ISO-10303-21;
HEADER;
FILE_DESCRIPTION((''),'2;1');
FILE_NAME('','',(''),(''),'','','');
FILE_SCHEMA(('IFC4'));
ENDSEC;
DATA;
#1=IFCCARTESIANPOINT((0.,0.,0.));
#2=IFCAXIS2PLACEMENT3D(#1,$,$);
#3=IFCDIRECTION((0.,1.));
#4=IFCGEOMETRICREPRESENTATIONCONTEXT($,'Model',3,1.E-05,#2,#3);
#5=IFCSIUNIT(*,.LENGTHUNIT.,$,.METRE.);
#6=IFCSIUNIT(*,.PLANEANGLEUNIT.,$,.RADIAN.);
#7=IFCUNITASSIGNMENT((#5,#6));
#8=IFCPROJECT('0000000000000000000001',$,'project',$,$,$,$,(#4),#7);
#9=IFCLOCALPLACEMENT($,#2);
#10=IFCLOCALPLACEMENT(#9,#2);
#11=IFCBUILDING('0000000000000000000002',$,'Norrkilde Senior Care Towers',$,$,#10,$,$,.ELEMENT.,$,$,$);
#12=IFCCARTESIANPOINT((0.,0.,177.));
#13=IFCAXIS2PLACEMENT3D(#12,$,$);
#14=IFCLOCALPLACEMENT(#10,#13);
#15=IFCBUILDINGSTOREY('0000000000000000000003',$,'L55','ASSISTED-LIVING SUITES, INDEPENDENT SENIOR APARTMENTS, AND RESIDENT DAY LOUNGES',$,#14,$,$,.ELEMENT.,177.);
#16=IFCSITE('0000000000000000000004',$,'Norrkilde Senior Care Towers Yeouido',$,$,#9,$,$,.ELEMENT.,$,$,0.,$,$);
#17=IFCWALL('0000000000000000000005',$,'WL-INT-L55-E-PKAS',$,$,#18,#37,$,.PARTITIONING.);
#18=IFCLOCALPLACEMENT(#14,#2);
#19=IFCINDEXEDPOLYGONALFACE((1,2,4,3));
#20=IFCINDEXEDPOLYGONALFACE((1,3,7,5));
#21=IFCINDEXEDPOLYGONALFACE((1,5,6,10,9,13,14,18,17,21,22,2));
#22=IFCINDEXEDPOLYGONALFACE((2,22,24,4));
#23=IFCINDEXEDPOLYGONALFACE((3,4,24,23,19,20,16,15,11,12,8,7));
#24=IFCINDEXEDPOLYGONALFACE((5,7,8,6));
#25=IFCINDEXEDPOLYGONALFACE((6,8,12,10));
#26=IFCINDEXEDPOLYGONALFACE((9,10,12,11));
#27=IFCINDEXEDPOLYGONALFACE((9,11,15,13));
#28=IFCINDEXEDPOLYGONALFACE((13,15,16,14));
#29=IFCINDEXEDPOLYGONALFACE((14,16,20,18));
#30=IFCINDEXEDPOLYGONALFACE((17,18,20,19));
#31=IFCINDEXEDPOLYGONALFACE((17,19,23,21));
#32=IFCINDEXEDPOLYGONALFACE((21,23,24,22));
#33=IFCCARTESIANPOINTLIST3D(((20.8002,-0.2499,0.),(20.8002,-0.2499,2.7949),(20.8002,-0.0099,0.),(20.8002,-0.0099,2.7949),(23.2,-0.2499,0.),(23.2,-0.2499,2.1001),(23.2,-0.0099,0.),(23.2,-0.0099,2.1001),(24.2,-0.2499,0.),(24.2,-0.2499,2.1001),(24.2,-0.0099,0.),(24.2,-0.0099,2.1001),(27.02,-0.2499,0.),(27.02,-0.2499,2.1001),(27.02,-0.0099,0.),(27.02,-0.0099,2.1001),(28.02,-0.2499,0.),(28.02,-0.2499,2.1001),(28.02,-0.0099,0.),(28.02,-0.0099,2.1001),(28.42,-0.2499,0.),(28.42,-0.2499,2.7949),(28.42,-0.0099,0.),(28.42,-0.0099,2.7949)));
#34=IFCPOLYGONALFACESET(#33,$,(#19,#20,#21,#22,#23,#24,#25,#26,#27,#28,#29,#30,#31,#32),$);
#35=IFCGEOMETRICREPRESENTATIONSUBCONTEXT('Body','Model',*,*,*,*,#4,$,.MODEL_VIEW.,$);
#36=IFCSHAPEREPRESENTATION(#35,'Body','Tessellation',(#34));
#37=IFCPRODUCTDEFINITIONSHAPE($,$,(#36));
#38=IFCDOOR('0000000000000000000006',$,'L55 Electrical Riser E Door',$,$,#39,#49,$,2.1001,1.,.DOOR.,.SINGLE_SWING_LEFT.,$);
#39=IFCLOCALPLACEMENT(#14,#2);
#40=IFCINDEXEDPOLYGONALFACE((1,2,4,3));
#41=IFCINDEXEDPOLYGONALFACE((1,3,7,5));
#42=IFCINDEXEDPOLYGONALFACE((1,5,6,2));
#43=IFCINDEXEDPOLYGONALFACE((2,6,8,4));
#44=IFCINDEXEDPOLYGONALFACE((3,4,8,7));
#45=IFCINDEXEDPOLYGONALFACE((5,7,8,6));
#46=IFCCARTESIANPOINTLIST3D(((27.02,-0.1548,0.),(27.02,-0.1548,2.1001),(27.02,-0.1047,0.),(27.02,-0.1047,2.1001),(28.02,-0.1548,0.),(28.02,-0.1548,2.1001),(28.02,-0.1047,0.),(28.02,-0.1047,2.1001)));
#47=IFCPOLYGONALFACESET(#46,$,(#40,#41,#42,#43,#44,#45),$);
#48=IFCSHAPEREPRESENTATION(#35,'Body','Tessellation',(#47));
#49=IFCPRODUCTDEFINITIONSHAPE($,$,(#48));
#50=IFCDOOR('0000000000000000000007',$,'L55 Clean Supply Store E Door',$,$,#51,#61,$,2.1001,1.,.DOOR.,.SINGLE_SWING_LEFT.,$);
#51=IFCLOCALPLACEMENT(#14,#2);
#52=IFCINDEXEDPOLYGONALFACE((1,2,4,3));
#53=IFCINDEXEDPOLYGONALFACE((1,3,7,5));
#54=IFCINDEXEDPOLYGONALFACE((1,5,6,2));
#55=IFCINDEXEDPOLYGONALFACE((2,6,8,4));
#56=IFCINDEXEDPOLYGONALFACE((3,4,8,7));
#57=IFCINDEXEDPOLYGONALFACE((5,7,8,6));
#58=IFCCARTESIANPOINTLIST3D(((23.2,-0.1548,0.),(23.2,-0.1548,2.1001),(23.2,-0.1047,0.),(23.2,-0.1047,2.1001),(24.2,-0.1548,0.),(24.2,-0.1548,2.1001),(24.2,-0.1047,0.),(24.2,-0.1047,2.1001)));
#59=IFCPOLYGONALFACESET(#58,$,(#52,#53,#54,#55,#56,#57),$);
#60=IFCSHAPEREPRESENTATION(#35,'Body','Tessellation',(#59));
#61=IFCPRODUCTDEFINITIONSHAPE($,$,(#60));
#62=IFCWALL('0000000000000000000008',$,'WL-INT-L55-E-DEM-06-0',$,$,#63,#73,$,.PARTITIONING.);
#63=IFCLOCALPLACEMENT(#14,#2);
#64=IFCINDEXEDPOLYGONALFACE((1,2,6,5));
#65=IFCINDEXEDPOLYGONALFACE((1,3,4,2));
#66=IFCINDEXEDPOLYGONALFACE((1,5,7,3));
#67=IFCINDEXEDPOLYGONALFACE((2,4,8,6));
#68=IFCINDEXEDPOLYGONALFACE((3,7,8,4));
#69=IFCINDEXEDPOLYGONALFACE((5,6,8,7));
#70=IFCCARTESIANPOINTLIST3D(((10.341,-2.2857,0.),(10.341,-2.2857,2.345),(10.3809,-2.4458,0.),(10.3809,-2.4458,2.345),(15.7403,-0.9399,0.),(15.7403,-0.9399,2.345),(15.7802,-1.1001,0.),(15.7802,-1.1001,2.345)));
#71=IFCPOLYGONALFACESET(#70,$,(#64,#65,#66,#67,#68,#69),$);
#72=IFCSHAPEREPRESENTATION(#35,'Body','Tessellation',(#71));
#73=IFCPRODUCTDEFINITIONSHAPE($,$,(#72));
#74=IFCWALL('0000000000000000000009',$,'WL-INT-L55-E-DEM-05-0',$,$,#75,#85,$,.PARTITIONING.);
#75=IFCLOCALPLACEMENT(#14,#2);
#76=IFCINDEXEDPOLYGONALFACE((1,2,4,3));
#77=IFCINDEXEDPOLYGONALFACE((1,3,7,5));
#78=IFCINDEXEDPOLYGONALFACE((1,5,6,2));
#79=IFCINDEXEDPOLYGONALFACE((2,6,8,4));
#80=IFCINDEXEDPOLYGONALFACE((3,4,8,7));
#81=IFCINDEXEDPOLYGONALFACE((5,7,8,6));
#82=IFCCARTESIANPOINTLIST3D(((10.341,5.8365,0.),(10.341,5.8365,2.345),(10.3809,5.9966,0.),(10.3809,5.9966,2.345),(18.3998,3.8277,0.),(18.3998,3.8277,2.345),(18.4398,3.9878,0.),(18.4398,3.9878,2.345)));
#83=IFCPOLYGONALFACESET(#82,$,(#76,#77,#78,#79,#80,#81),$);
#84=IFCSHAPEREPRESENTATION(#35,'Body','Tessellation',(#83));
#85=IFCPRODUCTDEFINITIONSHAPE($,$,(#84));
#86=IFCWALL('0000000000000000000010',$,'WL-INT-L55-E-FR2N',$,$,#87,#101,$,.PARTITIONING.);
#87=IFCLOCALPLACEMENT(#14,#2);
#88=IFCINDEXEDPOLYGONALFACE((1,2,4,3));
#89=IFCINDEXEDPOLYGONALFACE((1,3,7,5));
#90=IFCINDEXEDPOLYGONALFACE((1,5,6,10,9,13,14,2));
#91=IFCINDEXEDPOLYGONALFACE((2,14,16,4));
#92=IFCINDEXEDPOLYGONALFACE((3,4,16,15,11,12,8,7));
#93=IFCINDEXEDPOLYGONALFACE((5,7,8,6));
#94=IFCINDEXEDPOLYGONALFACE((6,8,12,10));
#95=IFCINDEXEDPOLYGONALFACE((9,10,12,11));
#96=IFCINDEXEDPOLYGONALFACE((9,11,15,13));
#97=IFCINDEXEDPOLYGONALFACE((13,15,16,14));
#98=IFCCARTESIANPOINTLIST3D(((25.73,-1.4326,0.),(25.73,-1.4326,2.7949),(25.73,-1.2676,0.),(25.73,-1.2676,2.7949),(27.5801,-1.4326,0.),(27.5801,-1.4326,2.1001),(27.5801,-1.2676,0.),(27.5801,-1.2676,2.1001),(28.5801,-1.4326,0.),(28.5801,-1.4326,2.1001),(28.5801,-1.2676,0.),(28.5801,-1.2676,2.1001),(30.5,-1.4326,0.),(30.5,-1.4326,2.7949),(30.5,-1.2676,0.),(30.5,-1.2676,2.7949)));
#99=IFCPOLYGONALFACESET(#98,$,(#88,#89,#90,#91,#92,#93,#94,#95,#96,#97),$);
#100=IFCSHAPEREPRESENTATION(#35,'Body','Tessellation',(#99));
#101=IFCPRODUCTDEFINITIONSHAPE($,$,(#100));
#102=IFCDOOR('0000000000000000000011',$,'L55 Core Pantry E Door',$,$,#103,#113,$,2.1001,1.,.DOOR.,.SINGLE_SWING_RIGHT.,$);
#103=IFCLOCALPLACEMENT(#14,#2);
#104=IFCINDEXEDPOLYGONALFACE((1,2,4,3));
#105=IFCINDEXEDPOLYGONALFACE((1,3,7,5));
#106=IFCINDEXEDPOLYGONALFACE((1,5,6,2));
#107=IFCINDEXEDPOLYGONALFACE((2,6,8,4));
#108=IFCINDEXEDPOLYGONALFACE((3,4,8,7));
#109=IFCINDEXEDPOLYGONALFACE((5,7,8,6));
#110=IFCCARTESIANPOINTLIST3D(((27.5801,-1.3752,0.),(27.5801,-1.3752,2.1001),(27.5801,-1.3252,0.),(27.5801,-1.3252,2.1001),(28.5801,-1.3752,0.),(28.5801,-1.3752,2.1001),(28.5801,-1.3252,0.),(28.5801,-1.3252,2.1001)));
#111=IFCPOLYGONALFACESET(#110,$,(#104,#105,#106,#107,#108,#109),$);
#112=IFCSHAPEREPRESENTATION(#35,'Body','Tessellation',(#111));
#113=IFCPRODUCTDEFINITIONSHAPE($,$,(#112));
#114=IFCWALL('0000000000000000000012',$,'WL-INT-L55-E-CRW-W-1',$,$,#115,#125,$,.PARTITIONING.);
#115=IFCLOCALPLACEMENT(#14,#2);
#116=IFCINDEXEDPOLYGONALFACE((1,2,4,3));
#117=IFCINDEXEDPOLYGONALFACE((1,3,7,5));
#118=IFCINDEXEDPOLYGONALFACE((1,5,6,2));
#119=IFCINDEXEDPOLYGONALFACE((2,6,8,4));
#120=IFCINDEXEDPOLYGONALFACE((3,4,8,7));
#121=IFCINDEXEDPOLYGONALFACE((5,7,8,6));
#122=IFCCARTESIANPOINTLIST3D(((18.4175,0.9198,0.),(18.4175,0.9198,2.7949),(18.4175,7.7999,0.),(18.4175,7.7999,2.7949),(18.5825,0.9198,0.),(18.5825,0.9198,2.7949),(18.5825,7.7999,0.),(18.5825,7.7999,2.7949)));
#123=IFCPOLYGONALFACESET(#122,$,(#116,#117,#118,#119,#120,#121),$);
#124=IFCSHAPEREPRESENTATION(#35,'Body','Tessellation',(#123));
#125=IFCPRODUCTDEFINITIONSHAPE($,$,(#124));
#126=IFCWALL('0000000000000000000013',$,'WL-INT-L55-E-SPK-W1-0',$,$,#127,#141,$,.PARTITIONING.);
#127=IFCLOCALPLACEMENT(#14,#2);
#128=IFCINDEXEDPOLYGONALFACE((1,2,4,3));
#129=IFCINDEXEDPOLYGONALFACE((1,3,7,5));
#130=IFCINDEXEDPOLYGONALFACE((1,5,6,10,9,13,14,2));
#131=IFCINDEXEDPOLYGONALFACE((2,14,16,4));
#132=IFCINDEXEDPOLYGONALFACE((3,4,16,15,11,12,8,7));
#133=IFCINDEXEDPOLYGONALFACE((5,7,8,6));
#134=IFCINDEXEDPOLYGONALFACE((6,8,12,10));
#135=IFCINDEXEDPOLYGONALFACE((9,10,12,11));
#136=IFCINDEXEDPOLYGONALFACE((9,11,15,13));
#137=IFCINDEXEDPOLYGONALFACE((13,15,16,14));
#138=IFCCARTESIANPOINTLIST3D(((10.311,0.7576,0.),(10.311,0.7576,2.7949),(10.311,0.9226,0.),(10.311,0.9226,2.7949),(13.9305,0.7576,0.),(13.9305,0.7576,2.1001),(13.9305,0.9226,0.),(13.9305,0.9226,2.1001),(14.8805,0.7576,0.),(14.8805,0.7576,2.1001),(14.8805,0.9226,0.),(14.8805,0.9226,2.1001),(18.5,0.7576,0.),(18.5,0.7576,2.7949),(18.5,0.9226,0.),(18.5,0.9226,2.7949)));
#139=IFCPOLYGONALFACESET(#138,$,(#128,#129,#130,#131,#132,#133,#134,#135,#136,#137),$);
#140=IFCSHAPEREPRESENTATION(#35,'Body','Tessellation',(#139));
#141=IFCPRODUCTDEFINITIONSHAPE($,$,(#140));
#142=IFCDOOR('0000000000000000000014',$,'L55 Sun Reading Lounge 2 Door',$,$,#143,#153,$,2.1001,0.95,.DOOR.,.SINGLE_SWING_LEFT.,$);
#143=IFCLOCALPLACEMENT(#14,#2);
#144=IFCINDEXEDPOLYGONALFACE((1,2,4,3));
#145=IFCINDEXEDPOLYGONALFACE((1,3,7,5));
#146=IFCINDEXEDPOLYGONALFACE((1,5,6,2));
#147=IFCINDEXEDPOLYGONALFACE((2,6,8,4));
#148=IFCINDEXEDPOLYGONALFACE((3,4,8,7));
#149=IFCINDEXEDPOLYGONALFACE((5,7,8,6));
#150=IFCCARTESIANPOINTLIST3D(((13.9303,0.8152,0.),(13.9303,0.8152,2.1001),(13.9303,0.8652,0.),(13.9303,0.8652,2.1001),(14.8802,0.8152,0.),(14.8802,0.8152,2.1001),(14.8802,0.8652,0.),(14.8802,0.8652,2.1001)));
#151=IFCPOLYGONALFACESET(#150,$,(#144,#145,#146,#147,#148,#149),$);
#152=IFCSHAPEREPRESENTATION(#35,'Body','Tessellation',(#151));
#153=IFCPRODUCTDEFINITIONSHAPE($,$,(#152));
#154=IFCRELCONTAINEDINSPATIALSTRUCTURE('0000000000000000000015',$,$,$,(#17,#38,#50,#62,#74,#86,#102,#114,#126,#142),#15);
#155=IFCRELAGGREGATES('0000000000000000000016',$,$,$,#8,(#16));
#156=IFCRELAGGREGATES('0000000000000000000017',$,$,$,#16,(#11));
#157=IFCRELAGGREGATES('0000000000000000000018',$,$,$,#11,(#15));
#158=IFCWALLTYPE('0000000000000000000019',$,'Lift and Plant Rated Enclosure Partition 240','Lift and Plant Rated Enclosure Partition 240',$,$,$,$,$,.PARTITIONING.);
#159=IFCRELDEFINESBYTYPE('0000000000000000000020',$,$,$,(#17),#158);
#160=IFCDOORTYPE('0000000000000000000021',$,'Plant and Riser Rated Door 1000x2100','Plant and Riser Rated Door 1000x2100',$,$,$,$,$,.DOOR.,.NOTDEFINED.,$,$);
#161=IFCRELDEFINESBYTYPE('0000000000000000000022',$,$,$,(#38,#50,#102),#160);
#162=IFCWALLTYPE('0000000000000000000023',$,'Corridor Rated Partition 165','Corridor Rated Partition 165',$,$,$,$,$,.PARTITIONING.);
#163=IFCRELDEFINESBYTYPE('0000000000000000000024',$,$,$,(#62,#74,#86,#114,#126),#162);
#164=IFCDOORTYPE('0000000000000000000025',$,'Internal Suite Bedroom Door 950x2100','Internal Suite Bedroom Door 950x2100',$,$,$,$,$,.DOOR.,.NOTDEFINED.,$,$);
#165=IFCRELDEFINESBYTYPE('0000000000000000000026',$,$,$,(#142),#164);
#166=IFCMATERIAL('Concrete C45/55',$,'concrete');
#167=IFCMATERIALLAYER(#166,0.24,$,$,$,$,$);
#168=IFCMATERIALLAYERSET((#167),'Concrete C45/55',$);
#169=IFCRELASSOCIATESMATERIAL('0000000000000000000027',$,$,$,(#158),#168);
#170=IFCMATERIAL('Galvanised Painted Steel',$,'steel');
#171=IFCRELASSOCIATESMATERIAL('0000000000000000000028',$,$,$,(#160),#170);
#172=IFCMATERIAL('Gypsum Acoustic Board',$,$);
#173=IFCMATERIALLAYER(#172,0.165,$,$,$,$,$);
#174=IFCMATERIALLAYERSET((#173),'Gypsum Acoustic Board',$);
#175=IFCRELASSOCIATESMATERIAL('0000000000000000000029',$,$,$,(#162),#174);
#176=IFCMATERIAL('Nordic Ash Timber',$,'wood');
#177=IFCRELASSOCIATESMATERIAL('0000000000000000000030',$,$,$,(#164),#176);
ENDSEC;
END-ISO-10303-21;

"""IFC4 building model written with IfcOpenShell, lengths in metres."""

from ifc_helpers import new_model, si_unit, direction, frame, frame_2d, origin, place, context, subcontext, project, spatial, rectangle, extrude, source, transform, mapped, material, layer, layer_set, type_object, type_shapes, element, fill, save


model = new_model("IFC4")

# Units and contexts
model_context = context("Model", 3, precision=1e-05, world=origin(), true_north=direction((0.0, 1.0)))
body_context = subcontext(model_context, "Body", "Model", "MODEL_VIEW")
ifc_project = project(units=[si_unit("LENGTHUNIT", "METRE"), si_unit("PLANEANGLEUNIT", "RADIAN")], contexts=[model_context])

# Site, building, storey
site_placement = place(None, origin())
site = spatial("IfcSite", under=ifc_project, at=site_placement, Name="Norrkilde Senior Care Towers Yeouido", CompositionType="ELEMENT", RefElevation=0.0)
building_placement = place(site_placement, origin())
building = spatial("IfcBuilding", under=site, at=building_placement, Name="Norrkilde Senior Care Towers", CompositionType="ELEMENT")
storey_placement = place(building_placement, frame((0.0, 0.0, 177.0)))
storey = spatial("IfcBuildingStorey", under=building, at=storey_placement, Name="L55", Description="ASSISTED-LIVING SUITES, INDEPENDENT SENIOR APARTMENTS, AND RESIDENT DAY LOUNGES", CompositionType="ELEMENT", Elevation=177.0)

# Shared definitions
ifc_material_1 = material(Name="Concrete C45/55", Category="concrete")

# Wall, openings, doors
ifc_layer_1 = layer(ifc_material_1, 0.24)
ifc_layer_set_1 = layer_set([ifc_layer_1], Name="Concrete C45/55")
wall_type_1 = type_object("IfcWallType", Name="Lift and Plant Rated Enclosure Partition 240", Description="Lift and Plant Rated Enclosure Partition 240", PredefinedType="PARTITIONING", material=ifc_layer_set_1)
shared_shape_1 = source(origin(), body_context, "Body", "SweptSolid", [
    extrude(rectangle(XDim=7.6199, YDim=0.24, at=frame_2d((3.8101, 0.0))), origin(), (0.0, 0.0, 1.0), 2.7949),
])
type_shapes(wall_type_1, [shared_shape_1])
wall_1_placement = place(storey_placement, frame((20.8, -0.1299, 0.0), z_axis=(0.0, 0.0, 1.0), x_axis=(1.0, 0.0, 0.0)))
wall_1 = element("IfcWall", 1, at=wall_1_placement, inside=storey, type_object=wall_type_1, Name="WL-INT-L55-E-PKAS", PredefinedType="PARTITIONING", context=body_context, shape_type="MappedRepresentation", body=[
    mapped(shared_shape_1, transform((0.0, 0.0, 0.0), x_axis=(1.0, 0.0, 0.0), y_axis=(0.0, 1.0, 0.0), z_axis=(0.0, 0.0, 1.0), scale=1.0)),
])
opening_1_placement = place(wall_1_placement, frame((6.22, 0.0, 0.0)))
opening_1 = element("IfcOpeningElement", 2, at=opening_1_placement, cuts=wall_1, PredefinedType="OPENING", context=body_context, shape_type="SweptSolid", body=[
    extrude(rectangle(XDim=1.0, YDim=2.1001, at=frame_2d((0.5, 1.05))), frame((0.0, 0.1299, 0.0), z_axis=(0.0, -1.0, 0.0), x_axis=(1.0, 0.0, 0.0)), (0.0, 0.0, 1.0), 0.26),
])
opening_2_placement = place(wall_1_placement, frame((2.3999, 0.0, 0.0)))
opening_2 = element("IfcOpeningElement", 3, at=opening_2_placement, cuts=wall_1, PredefinedType="OPENING", context=body_context, shape_type="SweptSolid", body=[
    extrude(rectangle(XDim=1.0, YDim=2.1001, at=frame_2d((0.5, 1.05))), frame((0.0, 0.1299, 0.0), z_axis=(0.0, -1.0, 0.0), x_axis=(1.0, 0.0, 0.0)), (0.0, 0.0, 1.0), 0.26),
])
ifc_material_2 = material(Name="Galvanised Painted Steel", Category="steel")
door_type_1 = type_object("IfcDoorType", Name="Plant and Riser Rated Door 1000x2100", Description="Plant and Riser Rated Door 1000x2100", OperationType="NOTDEFINED", PredefinedType="DOOR", material=ifc_material_2)
shared_shape_2 = source(origin(), body_context, "Body", "SweptSolid", [
    extrude(rectangle(XDim=1.0, YDim=2.1001, at=frame_2d((0.5, 1.05))), frame((0.0, 0.0249, 0.0), z_axis=(0.0, -1.0, 0.0), x_axis=(1.0, 0.0, 0.0)), (0.0, 0.0, 1.0), 0.05),
])
type_shapes(door_type_1, [shared_shape_2])
door_1_placement = place(opening_1_placement, frame((1.0, 0.0, 0.0), z_axis=(0.0, 0.0, 1.0), x_axis=(-1.0, 0.0, 0.0)))
door_1 = element("IfcDoor", 4, at=door_1_placement, inside=storey, type_object=door_type_1, Name="L55 Electrical Riser E Door", OperationType="SINGLE_SWING_LEFT", OverallHeight=2.1001, OverallWidth=1.0, PredefinedType="DOOR", context=body_context, shape_type="MappedRepresentation", body=[
    mapped(shared_shape_2, transform((0.0, 0.0, 0.0), x_axis=(1.0, 0.0, 0.0), y_axis=(0.0, 1.0, 0.0), z_axis=(0.0, 0.0, 1.0), scale=1.0)),
])
fill(opening_1, door_1)
door_2_placement = place(opening_2_placement, frame((1.0, 0.0, 0.0), z_axis=(0.0, 0.0, 1.0), x_axis=(-1.0, 0.0, 0.0)))
door_2 = element("IfcDoor", 5, at=door_2_placement, inside=storey, type_object=door_type_1, Name="L55 Clean Supply Store E Door", OperationType="SINGLE_SWING_LEFT", OverallHeight=2.1001, OverallWidth=1.0, PredefinedType="DOOR", context=body_context, shape_type="MappedRepresentation", body=[
    mapped(shared_shape_2, transform((0.0, 0.0, 0.0), x_axis=(1.0, 0.0, 0.0), y_axis=(0.0, 1.0, 0.0), z_axis=(0.0, 0.0, 1.0), scale=1.0)),
])
fill(opening_2, door_2)

# Walls
ifc_material_3 = material(Name="Gypsum Acoustic Board")
ifc_layer_2 = layer(ifc_material_3, 0.165)
ifc_layer_set_2 = layer_set([ifc_layer_2], Name="Gypsum Acoustic Board")
wall_type_2 = type_object("IfcWallType", Name="Corridor Rated Partition 165", Description="Corridor Rated Partition 165", PredefinedType="PARTITIONING", material=ifc_layer_set_2)
shared_shape_3 = source(origin(), body_context, "Body", "SweptSolid", [
    extrude(rectangle(XDim=5.5645, YDim=0.165, at=frame_2d((2.7822, 0.0))), origin(), (0.0, 0.0, 1.0), 2.345),
])
wall_2_placement = place(storey_placement, frame((15.7603, -1.02, 0.0), z_axis=(0.0, 0.0, 1.0), x_axis=(-0.970315, -0.241844, 0.0)))
element("IfcWall", 6, at=wall_2_placement, inside=storey, type_object=wall_type_2, Name="WL-INT-L55-E-DEM-06-0", PredefinedType="PARTITIONING", context=body_context, shape_type="MappedRepresentation", body=[
    mapped(shared_shape_3, transform((0.0, 0.0, 0.0), x_axis=(1.0, 0.0, 0.0), y_axis=(0.0, 1.0, 0.0), z_axis=(0.0, 0.0, 1.0), scale=1.0)),
])
shared_shape_4 = source(origin(), body_context, "Body", "SweptSolid", [
    extrude(rectangle(XDim=8.3054, YDim=0.165, at=frame_2d((4.1528, 0.0))), origin(), (0.0, 0.0, 1.0), 2.345),
])
wall_3_placement = place(storey_placement, frame((18.4199, 3.9077, 0.0), z_axis=(0.0, 0.0, 1.0), x_axis=(-0.97031, 0.241865, 0.0)))
element("IfcWall", 7, at=wall_3_placement, inside=storey, type_object=wall_type_2, Name="WL-INT-L55-E-DEM-05-0", PredefinedType="PARTITIONING", context=body_context, shape_type="MappedRepresentation", body=[
    mapped(shared_shape_4, transform((0.0, 0.0, 0.0), x_axis=(1.0, 0.0, 0.0), y_axis=(0.0, 1.0, 0.0), z_axis=(0.0, 0.0, 1.0), scale=1.0)),
])

# Wall, opening, door
shared_shape_5 = source(origin(), body_context, "Body", "SweptSolid", [
    extrude(rectangle(XDim=4.77, YDim=0.165, at=frame_2d((2.385, 0.0))), origin(), (0.0, 0.0, 1.0), 2.7949),
])
wall_4_placement = place(storey_placement, frame((25.73, -1.3501, 0.0), z_axis=(0.0, 0.0, 1.0), x_axis=(1.0, 0.0, 0.0)))
wall_4 = element("IfcWall", 8, at=wall_4_placement, inside=storey, type_object=wall_type_2, Name="WL-INT-L55-E-FR2N", PredefinedType="PARTITIONING", context=body_context, shape_type="MappedRepresentation", body=[
    mapped(shared_shape_5, transform((0.0, 0.0, 0.0), x_axis=(1.0, 0.0, 0.0), y_axis=(0.0, 1.0, 0.0), z_axis=(0.0, 0.0, 1.0), scale=1.0)),
])
opening_3_placement = place(wall_4_placement, frame((1.8501, 0.0, 0.0)))
opening_3 = element("IfcOpeningElement", 9, at=opening_3_placement, cuts=wall_4, PredefinedType="OPENING", context=body_context, shape_type="SweptSolid", body=[
    extrude(rectangle(XDim=1.0, YDim=2.1001, at=frame_2d((0.5, 1.05))), frame((0.0, 0.0925, 0.0), z_axis=(0.0, -1.0, 0.0), x_axis=(1.0, 0.0, 0.0)), (0.0, 0.0, 1.0), 0.1851),
])
door_3_placement = place(opening_3_placement, origin())
door_3 = element("IfcDoor", 10, at=door_3_placement, inside=storey, type_object=door_type_1, Name="L55 Core Pantry E Door", OperationType="SINGLE_SWING_RIGHT", OverallHeight=2.1001, OverallWidth=1.0, PredefinedType="DOOR", context=body_context, shape_type="MappedRepresentation", body=[
    mapped(shared_shape_2, transform((0.0, 0.0, 0.0), x_axis=(1.0, 0.0, 0.0), y_axis=(0.0, 1.0, 0.0), z_axis=(0.0, 0.0, 1.0), scale=1.0)),
])
fill(opening_3, door_3)

# Wall
shared_shape_6 = source(origin(), body_context, "Body", "SweptSolid", [
    extrude(rectangle(XDim=6.8801, YDim=0.165, at=frame_2d((3.4399, 0.0))), origin(), (0.0, 0.0, 1.0), 2.7949),
])
wall_5_placement = place(storey_placement, frame((18.5, 0.9199, 0.0), z_axis=(0.0, 0.0, 1.0), x_axis=(0.0, 1.0, 0.0)))
element("IfcWall", 11, at=wall_5_placement, inside=storey, type_object=wall_type_2, Name="WL-INT-L55-E-CRW-W-1", PredefinedType="PARTITIONING", context=body_context, shape_type="MappedRepresentation", body=[
    mapped(shared_shape_6, transform((0.0, 0.0, 0.0), x_axis=(1.0, 0.0, 0.0), y_axis=(0.0, 1.0, 0.0), z_axis=(0.0, 0.0, 1.0), scale=1.0)),
])

# Wall, opening, door
shared_shape_7 = source(origin(), body_context, "Body", "SweptSolid", [
    extrude(rectangle(XDim=8.189, YDim=0.165, at=frame_2d((4.0945, 0.0))), origin(), (0.0, 0.0, 1.0), 2.7949),
])
type_shapes(wall_type_2, [shared_shape_3, shared_shape_4, shared_shape_5, shared_shape_6, shared_shape_7])
wall_6_placement = place(storey_placement, frame((10.311, 0.8401, 0.0), z_axis=(0.0, 0.0, 1.0), x_axis=(1.0, 0.0, 0.0)))
wall_6 = element("IfcWall", 12, at=wall_6_placement, inside=storey, type_object=wall_type_2, Name="WL-INT-L55-E-SPK-W1-0", PredefinedType="PARTITIONING", context=body_context, shape_type="MappedRepresentation", body=[
    mapped(shared_shape_7, transform((0.0, 0.0, 0.0), x_axis=(1.0, 0.0, 0.0), y_axis=(0.0, 1.0, 0.0), z_axis=(0.0, 0.0, 1.0), scale=1.0)),
])
opening_4_placement = place(wall_6_placement, frame((3.6194, 0.0, 0.0)))
opening_4 = element("IfcOpeningElement", 13, at=opening_4_placement, cuts=wall_6, PredefinedType="OPENING", context=body_context, shape_type="SweptSolid", body=[
    extrude(rectangle(XDim=0.95, YDim=2.1001, at=frame_2d((0.4751, 1.05))), frame((0.0, 0.0925, 0.0), z_axis=(0.0, -1.0, 0.0), x_axis=(1.0, 0.0, 0.0)), (0.0, 0.0, 1.0), 0.1851),
])
ifc_material_4 = material(Name="Nordic Ash Timber", Category="wood")
door_type_2 = type_object("IfcDoorType", Name="Internal Suite Bedroom Door 950x2100", Description="Internal Suite Bedroom Door 950x2100", OperationType="NOTDEFINED", PredefinedType="DOOR", material=ifc_material_4)
shared_shape_8 = source(origin(), body_context, "Body", "SweptSolid", [
    extrude(rectangle(XDim=0.95, YDim=2.1001, at=frame_2d((0.4751, 1.05))), frame((0.0, 0.0249, 0.0), z_axis=(0.0, -1.0, 0.0), x_axis=(1.0, 0.0, 0.0)), (0.0, 0.0, 1.0), 0.05),
])
type_shapes(door_type_2, [shared_shape_8])
door_4_placement = place(opening_4_placement, frame((0.95, 0.0, 0.0), z_axis=(0.0, 0.0, 1.0), x_axis=(-1.0, 0.0, 0.0)))
door_4 = element("IfcDoor", 14, at=door_4_placement, inside=storey, type_object=door_type_2, Name="L55 Sun Reading Lounge 2 Door", OperationType="SINGLE_SWING_LEFT", OverallHeight=2.1001, OverallWidth=0.95, PredefinedType="DOOR", context=body_context, shape_type="MappedRepresentation", body=[
    mapped(shared_shape_8, transform((0.0, 0.0, 0.0), x_axis=(1.0, 0.0, 0.0), y_axis=(0.0, 1.0, 0.0), z_axis=(0.0, 0.0, 1.0), scale=1.0)),
])
fill(opening_4, door_4)

save(model, "model.ifc")
